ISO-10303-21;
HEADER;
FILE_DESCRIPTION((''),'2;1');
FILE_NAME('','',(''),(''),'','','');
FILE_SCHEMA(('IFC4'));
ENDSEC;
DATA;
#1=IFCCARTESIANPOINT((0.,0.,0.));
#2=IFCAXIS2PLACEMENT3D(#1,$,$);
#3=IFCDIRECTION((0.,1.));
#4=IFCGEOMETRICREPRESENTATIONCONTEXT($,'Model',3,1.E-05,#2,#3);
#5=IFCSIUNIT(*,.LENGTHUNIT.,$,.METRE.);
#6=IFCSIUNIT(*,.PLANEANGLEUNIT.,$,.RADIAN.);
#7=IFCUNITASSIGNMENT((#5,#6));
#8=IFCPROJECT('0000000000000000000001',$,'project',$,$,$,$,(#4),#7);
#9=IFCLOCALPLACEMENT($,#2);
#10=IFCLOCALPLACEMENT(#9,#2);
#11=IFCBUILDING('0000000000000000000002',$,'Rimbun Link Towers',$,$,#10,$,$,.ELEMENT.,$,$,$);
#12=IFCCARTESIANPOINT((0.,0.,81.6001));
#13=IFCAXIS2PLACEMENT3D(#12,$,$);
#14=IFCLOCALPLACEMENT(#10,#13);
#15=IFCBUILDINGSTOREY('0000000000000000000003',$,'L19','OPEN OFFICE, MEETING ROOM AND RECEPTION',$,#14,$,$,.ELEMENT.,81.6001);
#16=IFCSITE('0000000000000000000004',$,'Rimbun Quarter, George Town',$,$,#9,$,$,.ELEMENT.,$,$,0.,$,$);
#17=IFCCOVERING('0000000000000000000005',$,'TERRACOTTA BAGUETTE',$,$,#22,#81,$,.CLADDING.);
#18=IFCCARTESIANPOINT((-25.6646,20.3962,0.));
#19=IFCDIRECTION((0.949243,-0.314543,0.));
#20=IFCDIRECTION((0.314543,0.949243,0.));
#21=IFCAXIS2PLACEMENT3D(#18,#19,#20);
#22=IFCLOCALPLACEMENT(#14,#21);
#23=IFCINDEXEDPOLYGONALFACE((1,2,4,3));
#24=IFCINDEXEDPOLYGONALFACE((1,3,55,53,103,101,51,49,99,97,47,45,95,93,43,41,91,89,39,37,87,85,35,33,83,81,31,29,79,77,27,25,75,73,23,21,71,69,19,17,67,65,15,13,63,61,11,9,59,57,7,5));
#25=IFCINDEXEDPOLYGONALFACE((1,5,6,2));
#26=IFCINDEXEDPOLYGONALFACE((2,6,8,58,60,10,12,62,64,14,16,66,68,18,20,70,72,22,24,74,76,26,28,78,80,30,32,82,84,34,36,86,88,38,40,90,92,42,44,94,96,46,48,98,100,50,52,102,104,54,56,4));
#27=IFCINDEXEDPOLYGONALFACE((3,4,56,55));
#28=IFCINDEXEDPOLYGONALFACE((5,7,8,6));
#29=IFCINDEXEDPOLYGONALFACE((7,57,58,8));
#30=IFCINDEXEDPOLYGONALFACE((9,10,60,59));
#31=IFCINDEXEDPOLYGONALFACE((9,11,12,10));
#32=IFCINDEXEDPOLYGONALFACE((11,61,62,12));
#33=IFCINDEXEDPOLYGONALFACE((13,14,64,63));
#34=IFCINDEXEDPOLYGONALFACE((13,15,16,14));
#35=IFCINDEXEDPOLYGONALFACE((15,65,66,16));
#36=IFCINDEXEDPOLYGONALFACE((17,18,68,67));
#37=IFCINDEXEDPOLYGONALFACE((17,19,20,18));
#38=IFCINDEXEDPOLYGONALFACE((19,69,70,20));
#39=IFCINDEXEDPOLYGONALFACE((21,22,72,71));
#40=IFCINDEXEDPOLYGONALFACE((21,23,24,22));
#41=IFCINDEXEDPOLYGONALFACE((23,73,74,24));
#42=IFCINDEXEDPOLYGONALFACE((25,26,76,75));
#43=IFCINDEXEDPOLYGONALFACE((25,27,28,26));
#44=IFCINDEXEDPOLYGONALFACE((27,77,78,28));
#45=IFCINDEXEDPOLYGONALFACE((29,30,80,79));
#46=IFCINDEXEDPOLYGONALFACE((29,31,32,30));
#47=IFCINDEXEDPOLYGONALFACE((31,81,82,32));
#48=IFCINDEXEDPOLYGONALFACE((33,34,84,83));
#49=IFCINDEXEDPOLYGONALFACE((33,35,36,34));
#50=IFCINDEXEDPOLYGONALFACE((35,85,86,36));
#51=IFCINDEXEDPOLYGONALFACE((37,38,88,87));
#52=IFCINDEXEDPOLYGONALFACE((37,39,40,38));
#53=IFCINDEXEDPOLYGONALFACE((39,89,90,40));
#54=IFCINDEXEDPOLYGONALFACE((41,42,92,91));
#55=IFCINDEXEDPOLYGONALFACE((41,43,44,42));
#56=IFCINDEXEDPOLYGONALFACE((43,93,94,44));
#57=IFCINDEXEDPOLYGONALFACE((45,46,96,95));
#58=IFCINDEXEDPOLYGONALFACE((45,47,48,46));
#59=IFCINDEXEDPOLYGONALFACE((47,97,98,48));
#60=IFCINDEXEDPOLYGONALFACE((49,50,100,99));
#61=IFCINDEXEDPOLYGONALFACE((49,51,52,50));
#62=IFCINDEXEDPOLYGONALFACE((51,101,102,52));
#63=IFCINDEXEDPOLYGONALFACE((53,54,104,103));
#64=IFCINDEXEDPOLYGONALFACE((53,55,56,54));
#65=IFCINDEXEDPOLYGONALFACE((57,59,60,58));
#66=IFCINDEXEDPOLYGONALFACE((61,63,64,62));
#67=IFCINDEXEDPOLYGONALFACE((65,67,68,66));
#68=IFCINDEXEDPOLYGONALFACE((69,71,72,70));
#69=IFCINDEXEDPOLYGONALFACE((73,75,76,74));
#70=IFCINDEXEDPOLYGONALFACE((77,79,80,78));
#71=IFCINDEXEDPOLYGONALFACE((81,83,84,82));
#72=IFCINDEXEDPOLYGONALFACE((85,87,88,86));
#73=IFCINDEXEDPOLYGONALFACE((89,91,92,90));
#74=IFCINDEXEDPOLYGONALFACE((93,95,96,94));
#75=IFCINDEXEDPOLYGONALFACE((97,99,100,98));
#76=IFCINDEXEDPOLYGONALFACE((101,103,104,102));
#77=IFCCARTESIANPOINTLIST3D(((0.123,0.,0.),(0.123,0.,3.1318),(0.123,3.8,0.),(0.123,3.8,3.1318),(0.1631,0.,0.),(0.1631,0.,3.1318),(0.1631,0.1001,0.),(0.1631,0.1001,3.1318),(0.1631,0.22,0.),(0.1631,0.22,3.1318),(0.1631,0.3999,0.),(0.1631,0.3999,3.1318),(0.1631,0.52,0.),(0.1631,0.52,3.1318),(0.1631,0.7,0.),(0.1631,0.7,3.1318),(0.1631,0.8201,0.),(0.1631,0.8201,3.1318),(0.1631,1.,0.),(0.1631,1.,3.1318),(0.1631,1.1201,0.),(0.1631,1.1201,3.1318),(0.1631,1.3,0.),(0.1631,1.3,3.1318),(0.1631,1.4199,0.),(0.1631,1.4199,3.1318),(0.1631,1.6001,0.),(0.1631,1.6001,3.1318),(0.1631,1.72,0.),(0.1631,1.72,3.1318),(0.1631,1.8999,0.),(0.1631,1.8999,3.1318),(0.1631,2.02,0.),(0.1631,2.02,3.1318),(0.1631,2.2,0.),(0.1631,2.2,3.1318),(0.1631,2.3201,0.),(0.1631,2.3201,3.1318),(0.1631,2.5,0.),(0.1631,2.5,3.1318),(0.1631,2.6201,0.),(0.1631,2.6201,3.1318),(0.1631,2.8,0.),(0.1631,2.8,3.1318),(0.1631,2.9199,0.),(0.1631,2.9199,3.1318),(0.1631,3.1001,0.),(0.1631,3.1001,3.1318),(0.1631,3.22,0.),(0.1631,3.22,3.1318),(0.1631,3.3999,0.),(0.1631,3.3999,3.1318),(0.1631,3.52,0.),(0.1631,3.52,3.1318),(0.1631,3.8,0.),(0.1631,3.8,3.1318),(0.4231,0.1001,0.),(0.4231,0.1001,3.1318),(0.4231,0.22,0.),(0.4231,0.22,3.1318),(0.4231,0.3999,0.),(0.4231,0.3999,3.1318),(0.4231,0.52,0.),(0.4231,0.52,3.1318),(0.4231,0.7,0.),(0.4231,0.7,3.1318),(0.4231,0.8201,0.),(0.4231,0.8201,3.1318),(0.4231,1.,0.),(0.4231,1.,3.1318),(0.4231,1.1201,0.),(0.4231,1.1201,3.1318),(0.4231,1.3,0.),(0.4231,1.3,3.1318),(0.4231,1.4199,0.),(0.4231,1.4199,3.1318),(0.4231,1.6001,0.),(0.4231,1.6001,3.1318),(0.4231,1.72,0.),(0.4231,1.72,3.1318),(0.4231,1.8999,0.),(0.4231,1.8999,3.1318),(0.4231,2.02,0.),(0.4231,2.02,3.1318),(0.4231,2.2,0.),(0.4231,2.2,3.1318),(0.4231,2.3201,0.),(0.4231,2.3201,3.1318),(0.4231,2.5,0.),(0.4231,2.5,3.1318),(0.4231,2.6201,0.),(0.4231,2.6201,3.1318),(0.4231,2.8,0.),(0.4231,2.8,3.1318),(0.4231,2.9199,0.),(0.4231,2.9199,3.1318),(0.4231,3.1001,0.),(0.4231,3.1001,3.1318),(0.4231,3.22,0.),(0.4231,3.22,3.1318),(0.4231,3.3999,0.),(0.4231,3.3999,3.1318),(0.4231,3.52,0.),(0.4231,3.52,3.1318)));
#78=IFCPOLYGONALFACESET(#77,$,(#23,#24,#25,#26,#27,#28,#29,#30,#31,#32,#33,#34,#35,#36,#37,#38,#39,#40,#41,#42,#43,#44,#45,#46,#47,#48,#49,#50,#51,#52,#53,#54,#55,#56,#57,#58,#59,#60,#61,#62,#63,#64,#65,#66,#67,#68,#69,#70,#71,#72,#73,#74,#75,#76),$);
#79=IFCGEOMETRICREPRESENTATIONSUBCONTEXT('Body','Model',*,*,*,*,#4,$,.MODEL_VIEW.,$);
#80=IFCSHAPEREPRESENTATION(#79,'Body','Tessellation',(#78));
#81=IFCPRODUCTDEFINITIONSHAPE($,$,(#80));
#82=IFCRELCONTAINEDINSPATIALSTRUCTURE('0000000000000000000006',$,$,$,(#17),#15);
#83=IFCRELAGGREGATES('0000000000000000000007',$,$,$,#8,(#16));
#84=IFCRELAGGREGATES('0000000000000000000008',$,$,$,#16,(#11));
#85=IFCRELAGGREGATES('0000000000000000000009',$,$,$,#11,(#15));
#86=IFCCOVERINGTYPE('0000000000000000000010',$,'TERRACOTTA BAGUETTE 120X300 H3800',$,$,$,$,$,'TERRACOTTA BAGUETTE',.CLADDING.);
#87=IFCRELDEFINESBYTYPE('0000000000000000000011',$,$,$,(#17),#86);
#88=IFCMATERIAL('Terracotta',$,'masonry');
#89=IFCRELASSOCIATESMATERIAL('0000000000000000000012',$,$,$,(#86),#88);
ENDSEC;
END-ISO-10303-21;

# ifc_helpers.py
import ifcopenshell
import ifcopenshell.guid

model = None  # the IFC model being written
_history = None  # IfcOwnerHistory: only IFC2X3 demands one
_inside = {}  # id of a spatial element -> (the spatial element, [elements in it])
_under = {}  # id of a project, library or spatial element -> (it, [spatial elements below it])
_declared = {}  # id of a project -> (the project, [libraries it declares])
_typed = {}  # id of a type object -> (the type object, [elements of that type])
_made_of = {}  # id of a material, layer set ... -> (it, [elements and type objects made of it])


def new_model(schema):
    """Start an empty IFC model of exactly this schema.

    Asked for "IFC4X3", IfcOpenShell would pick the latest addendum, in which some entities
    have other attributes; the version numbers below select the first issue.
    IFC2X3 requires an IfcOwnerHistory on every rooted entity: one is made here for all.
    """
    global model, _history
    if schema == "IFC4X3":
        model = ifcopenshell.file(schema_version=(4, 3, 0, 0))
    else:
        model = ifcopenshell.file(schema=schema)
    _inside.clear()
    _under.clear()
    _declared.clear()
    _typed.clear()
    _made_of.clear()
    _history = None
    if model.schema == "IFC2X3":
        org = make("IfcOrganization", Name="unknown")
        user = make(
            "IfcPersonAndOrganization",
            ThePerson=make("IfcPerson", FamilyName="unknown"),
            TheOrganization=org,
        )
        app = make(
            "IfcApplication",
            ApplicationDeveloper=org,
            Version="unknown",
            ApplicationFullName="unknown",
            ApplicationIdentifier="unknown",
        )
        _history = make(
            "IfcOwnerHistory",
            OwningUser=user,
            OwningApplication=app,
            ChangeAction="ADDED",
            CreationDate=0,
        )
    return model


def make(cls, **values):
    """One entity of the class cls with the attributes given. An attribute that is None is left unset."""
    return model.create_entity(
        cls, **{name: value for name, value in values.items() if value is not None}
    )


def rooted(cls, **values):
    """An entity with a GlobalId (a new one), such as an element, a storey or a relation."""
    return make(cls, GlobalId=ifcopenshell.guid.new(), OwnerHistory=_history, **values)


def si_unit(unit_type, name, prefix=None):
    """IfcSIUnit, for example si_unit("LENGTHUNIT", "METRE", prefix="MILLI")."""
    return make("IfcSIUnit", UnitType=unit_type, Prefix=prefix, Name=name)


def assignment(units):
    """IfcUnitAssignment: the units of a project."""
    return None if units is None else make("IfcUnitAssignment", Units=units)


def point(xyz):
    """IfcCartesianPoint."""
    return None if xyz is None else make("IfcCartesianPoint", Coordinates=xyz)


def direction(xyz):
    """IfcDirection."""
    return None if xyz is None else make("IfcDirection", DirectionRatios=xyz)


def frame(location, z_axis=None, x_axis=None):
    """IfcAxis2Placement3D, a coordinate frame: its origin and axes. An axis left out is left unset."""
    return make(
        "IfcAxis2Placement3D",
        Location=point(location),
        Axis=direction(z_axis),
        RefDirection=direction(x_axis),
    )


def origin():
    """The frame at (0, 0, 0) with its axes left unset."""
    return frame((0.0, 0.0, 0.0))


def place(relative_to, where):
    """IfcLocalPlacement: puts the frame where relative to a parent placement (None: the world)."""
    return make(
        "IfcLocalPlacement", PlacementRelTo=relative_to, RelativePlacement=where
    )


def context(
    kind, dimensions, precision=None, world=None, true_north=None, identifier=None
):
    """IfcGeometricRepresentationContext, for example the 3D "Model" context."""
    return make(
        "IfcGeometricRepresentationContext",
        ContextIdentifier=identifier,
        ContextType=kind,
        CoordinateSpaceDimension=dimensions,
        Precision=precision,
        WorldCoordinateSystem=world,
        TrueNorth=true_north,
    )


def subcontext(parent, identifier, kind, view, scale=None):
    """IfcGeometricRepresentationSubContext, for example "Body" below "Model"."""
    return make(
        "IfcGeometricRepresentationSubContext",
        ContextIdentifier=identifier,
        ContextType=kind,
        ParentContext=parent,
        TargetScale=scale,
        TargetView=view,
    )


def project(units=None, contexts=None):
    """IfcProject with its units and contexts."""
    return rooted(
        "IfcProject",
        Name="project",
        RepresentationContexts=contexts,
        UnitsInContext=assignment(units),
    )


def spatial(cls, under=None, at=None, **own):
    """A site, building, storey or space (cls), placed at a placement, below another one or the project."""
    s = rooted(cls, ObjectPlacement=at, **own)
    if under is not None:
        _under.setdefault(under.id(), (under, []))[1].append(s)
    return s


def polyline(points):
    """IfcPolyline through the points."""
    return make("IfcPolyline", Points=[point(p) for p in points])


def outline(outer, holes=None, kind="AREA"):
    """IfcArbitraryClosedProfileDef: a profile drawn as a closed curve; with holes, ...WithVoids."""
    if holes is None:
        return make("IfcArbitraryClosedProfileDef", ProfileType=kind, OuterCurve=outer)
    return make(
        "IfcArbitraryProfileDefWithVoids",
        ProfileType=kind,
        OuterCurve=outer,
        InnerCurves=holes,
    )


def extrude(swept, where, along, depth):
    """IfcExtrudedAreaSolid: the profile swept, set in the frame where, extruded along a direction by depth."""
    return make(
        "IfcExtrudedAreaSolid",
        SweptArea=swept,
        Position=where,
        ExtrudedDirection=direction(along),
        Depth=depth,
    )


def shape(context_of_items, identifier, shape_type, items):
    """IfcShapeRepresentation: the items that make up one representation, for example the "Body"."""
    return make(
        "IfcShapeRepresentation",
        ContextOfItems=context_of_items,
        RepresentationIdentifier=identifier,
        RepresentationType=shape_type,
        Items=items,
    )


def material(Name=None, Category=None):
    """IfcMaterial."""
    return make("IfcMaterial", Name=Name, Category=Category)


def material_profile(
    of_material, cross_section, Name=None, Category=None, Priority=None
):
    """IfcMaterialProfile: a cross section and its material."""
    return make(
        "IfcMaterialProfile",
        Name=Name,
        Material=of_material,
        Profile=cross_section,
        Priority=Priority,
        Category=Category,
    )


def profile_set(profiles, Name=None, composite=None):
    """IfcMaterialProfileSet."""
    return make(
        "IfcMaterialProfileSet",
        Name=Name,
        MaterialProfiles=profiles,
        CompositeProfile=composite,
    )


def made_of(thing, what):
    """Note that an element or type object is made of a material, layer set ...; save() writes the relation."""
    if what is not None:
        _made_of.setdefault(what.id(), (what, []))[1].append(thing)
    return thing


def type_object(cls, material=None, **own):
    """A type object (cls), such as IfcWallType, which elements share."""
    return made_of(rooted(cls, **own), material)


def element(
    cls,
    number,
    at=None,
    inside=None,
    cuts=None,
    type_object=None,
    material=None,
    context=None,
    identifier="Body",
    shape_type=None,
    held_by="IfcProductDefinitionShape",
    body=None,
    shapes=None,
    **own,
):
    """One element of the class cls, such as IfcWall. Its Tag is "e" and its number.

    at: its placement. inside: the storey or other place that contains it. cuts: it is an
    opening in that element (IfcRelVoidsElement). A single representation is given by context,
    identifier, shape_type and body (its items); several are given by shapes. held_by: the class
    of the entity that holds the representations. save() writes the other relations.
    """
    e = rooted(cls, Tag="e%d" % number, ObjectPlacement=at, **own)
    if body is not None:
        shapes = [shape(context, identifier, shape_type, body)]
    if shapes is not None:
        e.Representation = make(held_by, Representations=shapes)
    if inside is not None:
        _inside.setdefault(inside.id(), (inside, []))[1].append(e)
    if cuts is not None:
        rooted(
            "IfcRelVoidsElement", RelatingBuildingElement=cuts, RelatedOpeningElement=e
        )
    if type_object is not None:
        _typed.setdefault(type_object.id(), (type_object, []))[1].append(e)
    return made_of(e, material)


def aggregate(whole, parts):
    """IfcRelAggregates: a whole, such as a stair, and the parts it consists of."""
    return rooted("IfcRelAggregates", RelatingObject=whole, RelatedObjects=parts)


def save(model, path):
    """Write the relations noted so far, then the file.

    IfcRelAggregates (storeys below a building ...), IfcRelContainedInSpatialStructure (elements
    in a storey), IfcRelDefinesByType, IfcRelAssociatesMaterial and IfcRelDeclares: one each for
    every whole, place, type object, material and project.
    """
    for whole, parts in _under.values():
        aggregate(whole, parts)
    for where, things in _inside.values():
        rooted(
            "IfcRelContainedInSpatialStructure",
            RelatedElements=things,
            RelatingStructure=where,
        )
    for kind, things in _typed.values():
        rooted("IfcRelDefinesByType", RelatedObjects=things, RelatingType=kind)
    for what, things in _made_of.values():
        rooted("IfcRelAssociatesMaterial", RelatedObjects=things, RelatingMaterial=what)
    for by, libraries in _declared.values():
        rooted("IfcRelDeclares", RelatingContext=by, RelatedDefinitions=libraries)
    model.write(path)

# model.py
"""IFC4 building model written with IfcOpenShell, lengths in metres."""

from ifc_helpers import new_model, si_unit, direction, frame, origin, place, context, subcontext, project, spatial, polyline, outline, extrude, material, material_profile, profile_set, type_object, element, save


model = new_model("IFC4")

# Units and contexts
model_context = context("Model", 3, precision=1e-05, world=origin(), true_north=direction((0.0, 1.0)))
body_context = subcontext(model_context, "Body", "Model", "MODEL_VIEW")
ifc_project = project(units=[si_unit("LENGTHUNIT", "METRE"), si_unit("PLANEANGLEUNIT", "RADIAN")], contexts=[model_context])

# Site, building, storey
site_placement = place(None, origin())
site = spatial("IfcSite", under=ifc_project, at=site_placement, Name="Rimbun Quarter, George Town", CompositionType="ELEMENT", RefElevation=0.0)
building_placement = place(site_placement, origin())
building = spatial("IfcBuilding", under=site, at=building_placement, Name="Rimbun Link Towers", CompositionType="ELEMENT")
storey_placement = place(building_placement, frame((0.0, 0.0, 81.6001)))
storey = spatial("IfcBuildingStorey", under=building, at=storey_placement, Name="L19", Description="OPEN OFFICE, MEETING ROOM AND RECEPTION", CompositionType="ELEMENT", Elevation=81.6001)

# Covering
ifc_material_1 = material(Name="Terracotta", Category="masonry")
ifc_material_profile_1 = material_profile(ifc_material_1, outline(polyline([(0.123, 0.0), (0.1631, 0.0), (0.1631, 0.1001), (0.4231, 0.1001), (0.4231, 0.22), (0.1631, 0.22), (0.1631, 0.3999), (0.4231, 0.3999), (0.4231, 0.52), (0.1631, 0.52), (0.1631, 0.7), (0.4231, 0.7), (0.4231, 0.8201), (0.1631, 0.8201), (0.1631, 1.0), (0.4231, 1.0), (0.4231, 1.1201), (0.1631, 1.1201), (0.1631, 1.3), (0.4231, 1.3), (0.4231, 1.4199), (0.1631, 1.4199), (0.1631, 1.6001), (0.4231, 1.6001), (0.4231, 1.72), (0.1631, 1.72), (0.1631, 1.8999), (0.4231, 1.8999), (0.4231, 2.02), (0.1631, 2.02), (0.1631, 2.2), (0.4231, 2.2), (0.4231, 2.3201), (0.1631, 2.3201), (0.1631, 2.5), (0.4231, 2.5), (0.4231, 2.6201), (0.1631, 2.6201), (0.1631, 2.8), (0.4231, 2.8), (0.4231, 2.9199), (0.1631, 2.9199), (0.1631, 3.1001), (0.4231, 3.1001), (0.4231, 3.22), (0.1631, 3.22), (0.1631, 3.3999), (0.4231, 3.3999), (0.4231, 3.52), (0.1631, 3.52), (0.1631, 3.8), (0.123, 3.8), (0.123, 0.0)])), Name="BAGUETTE 120X300")
ifc_profile_set_1 = profile_set([ifc_material_profile_1], Name="Terracotta")
covering_type = type_object("IfcCoveringType", Name="TERRACOTTA BAGUETTE 120X300 H3800", ElementType="TERRACOTTA BAGUETTE", PredefinedType="CLADDING", material=ifc_profile_set_1)
covering_1_placement = place(storey_placement, frame((-25.6646, 20.3962, 0.0), z_axis=(0.949243, -0.314543, 0.0), x_axis=(0.314543, 0.949243, 0.0)))
element("IfcCovering", 1, at=covering_1_placement, inside=storey, type_object=covering_type, Name="TERRACOTTA BAGUETTE", PredefinedType="CLADDING", context=body_context, shape_type="SweptSolid", body=[
    extrude(outline(polyline([(0.123, 0.0), (0.1631, 0.0), (0.1631, 0.1001), (0.4231, 0.1001), (0.4231, 0.22), (0.1631, 0.22), (0.1631, 0.3999), (0.4231, 0.3999), (0.4231, 0.52), (0.1631, 0.52), (0.1631, 0.7), (0.4231, 0.7), (0.4231, 0.8201), (0.1631, 0.8201), (0.1631, 1.0), (0.4231, 1.0), (0.4231, 1.1201), (0.1631, 1.1201), (0.1631, 1.3), (0.4231, 1.3), (0.4231, 1.4199), (0.1631, 1.4199), (0.1631, 1.6001), (0.4231, 1.6001), (0.4231, 1.72), (0.1631, 1.72), (0.1631, 1.8999), (0.4231, 1.8999), (0.4231, 2.02), (0.1631, 2.02), (0.1631, 2.2), (0.4231, 2.2), (0.4231, 2.3201), (0.1631, 2.3201), (0.1631, 2.5), (0.4231, 2.5), (0.4231, 2.6201), (0.1631, 2.6201), (0.1631, 2.8), (0.4231, 2.8), (0.4231, 2.9199), (0.1631, 2.9199), (0.1631, 3.1001), (0.4231, 3.1001), (0.4231, 3.22), (0.1631, 3.22), (0.1631, 3.3999), (0.4231, 3.3999), (0.4231, 3.52), (0.1631, 3.52), (0.1631, 3.8), (0.123, 3.8), (0.123, 0.0)])), origin(), (0.0, 0.0, 1.0), 3.1318),
])

save(model, "model.ifc")
